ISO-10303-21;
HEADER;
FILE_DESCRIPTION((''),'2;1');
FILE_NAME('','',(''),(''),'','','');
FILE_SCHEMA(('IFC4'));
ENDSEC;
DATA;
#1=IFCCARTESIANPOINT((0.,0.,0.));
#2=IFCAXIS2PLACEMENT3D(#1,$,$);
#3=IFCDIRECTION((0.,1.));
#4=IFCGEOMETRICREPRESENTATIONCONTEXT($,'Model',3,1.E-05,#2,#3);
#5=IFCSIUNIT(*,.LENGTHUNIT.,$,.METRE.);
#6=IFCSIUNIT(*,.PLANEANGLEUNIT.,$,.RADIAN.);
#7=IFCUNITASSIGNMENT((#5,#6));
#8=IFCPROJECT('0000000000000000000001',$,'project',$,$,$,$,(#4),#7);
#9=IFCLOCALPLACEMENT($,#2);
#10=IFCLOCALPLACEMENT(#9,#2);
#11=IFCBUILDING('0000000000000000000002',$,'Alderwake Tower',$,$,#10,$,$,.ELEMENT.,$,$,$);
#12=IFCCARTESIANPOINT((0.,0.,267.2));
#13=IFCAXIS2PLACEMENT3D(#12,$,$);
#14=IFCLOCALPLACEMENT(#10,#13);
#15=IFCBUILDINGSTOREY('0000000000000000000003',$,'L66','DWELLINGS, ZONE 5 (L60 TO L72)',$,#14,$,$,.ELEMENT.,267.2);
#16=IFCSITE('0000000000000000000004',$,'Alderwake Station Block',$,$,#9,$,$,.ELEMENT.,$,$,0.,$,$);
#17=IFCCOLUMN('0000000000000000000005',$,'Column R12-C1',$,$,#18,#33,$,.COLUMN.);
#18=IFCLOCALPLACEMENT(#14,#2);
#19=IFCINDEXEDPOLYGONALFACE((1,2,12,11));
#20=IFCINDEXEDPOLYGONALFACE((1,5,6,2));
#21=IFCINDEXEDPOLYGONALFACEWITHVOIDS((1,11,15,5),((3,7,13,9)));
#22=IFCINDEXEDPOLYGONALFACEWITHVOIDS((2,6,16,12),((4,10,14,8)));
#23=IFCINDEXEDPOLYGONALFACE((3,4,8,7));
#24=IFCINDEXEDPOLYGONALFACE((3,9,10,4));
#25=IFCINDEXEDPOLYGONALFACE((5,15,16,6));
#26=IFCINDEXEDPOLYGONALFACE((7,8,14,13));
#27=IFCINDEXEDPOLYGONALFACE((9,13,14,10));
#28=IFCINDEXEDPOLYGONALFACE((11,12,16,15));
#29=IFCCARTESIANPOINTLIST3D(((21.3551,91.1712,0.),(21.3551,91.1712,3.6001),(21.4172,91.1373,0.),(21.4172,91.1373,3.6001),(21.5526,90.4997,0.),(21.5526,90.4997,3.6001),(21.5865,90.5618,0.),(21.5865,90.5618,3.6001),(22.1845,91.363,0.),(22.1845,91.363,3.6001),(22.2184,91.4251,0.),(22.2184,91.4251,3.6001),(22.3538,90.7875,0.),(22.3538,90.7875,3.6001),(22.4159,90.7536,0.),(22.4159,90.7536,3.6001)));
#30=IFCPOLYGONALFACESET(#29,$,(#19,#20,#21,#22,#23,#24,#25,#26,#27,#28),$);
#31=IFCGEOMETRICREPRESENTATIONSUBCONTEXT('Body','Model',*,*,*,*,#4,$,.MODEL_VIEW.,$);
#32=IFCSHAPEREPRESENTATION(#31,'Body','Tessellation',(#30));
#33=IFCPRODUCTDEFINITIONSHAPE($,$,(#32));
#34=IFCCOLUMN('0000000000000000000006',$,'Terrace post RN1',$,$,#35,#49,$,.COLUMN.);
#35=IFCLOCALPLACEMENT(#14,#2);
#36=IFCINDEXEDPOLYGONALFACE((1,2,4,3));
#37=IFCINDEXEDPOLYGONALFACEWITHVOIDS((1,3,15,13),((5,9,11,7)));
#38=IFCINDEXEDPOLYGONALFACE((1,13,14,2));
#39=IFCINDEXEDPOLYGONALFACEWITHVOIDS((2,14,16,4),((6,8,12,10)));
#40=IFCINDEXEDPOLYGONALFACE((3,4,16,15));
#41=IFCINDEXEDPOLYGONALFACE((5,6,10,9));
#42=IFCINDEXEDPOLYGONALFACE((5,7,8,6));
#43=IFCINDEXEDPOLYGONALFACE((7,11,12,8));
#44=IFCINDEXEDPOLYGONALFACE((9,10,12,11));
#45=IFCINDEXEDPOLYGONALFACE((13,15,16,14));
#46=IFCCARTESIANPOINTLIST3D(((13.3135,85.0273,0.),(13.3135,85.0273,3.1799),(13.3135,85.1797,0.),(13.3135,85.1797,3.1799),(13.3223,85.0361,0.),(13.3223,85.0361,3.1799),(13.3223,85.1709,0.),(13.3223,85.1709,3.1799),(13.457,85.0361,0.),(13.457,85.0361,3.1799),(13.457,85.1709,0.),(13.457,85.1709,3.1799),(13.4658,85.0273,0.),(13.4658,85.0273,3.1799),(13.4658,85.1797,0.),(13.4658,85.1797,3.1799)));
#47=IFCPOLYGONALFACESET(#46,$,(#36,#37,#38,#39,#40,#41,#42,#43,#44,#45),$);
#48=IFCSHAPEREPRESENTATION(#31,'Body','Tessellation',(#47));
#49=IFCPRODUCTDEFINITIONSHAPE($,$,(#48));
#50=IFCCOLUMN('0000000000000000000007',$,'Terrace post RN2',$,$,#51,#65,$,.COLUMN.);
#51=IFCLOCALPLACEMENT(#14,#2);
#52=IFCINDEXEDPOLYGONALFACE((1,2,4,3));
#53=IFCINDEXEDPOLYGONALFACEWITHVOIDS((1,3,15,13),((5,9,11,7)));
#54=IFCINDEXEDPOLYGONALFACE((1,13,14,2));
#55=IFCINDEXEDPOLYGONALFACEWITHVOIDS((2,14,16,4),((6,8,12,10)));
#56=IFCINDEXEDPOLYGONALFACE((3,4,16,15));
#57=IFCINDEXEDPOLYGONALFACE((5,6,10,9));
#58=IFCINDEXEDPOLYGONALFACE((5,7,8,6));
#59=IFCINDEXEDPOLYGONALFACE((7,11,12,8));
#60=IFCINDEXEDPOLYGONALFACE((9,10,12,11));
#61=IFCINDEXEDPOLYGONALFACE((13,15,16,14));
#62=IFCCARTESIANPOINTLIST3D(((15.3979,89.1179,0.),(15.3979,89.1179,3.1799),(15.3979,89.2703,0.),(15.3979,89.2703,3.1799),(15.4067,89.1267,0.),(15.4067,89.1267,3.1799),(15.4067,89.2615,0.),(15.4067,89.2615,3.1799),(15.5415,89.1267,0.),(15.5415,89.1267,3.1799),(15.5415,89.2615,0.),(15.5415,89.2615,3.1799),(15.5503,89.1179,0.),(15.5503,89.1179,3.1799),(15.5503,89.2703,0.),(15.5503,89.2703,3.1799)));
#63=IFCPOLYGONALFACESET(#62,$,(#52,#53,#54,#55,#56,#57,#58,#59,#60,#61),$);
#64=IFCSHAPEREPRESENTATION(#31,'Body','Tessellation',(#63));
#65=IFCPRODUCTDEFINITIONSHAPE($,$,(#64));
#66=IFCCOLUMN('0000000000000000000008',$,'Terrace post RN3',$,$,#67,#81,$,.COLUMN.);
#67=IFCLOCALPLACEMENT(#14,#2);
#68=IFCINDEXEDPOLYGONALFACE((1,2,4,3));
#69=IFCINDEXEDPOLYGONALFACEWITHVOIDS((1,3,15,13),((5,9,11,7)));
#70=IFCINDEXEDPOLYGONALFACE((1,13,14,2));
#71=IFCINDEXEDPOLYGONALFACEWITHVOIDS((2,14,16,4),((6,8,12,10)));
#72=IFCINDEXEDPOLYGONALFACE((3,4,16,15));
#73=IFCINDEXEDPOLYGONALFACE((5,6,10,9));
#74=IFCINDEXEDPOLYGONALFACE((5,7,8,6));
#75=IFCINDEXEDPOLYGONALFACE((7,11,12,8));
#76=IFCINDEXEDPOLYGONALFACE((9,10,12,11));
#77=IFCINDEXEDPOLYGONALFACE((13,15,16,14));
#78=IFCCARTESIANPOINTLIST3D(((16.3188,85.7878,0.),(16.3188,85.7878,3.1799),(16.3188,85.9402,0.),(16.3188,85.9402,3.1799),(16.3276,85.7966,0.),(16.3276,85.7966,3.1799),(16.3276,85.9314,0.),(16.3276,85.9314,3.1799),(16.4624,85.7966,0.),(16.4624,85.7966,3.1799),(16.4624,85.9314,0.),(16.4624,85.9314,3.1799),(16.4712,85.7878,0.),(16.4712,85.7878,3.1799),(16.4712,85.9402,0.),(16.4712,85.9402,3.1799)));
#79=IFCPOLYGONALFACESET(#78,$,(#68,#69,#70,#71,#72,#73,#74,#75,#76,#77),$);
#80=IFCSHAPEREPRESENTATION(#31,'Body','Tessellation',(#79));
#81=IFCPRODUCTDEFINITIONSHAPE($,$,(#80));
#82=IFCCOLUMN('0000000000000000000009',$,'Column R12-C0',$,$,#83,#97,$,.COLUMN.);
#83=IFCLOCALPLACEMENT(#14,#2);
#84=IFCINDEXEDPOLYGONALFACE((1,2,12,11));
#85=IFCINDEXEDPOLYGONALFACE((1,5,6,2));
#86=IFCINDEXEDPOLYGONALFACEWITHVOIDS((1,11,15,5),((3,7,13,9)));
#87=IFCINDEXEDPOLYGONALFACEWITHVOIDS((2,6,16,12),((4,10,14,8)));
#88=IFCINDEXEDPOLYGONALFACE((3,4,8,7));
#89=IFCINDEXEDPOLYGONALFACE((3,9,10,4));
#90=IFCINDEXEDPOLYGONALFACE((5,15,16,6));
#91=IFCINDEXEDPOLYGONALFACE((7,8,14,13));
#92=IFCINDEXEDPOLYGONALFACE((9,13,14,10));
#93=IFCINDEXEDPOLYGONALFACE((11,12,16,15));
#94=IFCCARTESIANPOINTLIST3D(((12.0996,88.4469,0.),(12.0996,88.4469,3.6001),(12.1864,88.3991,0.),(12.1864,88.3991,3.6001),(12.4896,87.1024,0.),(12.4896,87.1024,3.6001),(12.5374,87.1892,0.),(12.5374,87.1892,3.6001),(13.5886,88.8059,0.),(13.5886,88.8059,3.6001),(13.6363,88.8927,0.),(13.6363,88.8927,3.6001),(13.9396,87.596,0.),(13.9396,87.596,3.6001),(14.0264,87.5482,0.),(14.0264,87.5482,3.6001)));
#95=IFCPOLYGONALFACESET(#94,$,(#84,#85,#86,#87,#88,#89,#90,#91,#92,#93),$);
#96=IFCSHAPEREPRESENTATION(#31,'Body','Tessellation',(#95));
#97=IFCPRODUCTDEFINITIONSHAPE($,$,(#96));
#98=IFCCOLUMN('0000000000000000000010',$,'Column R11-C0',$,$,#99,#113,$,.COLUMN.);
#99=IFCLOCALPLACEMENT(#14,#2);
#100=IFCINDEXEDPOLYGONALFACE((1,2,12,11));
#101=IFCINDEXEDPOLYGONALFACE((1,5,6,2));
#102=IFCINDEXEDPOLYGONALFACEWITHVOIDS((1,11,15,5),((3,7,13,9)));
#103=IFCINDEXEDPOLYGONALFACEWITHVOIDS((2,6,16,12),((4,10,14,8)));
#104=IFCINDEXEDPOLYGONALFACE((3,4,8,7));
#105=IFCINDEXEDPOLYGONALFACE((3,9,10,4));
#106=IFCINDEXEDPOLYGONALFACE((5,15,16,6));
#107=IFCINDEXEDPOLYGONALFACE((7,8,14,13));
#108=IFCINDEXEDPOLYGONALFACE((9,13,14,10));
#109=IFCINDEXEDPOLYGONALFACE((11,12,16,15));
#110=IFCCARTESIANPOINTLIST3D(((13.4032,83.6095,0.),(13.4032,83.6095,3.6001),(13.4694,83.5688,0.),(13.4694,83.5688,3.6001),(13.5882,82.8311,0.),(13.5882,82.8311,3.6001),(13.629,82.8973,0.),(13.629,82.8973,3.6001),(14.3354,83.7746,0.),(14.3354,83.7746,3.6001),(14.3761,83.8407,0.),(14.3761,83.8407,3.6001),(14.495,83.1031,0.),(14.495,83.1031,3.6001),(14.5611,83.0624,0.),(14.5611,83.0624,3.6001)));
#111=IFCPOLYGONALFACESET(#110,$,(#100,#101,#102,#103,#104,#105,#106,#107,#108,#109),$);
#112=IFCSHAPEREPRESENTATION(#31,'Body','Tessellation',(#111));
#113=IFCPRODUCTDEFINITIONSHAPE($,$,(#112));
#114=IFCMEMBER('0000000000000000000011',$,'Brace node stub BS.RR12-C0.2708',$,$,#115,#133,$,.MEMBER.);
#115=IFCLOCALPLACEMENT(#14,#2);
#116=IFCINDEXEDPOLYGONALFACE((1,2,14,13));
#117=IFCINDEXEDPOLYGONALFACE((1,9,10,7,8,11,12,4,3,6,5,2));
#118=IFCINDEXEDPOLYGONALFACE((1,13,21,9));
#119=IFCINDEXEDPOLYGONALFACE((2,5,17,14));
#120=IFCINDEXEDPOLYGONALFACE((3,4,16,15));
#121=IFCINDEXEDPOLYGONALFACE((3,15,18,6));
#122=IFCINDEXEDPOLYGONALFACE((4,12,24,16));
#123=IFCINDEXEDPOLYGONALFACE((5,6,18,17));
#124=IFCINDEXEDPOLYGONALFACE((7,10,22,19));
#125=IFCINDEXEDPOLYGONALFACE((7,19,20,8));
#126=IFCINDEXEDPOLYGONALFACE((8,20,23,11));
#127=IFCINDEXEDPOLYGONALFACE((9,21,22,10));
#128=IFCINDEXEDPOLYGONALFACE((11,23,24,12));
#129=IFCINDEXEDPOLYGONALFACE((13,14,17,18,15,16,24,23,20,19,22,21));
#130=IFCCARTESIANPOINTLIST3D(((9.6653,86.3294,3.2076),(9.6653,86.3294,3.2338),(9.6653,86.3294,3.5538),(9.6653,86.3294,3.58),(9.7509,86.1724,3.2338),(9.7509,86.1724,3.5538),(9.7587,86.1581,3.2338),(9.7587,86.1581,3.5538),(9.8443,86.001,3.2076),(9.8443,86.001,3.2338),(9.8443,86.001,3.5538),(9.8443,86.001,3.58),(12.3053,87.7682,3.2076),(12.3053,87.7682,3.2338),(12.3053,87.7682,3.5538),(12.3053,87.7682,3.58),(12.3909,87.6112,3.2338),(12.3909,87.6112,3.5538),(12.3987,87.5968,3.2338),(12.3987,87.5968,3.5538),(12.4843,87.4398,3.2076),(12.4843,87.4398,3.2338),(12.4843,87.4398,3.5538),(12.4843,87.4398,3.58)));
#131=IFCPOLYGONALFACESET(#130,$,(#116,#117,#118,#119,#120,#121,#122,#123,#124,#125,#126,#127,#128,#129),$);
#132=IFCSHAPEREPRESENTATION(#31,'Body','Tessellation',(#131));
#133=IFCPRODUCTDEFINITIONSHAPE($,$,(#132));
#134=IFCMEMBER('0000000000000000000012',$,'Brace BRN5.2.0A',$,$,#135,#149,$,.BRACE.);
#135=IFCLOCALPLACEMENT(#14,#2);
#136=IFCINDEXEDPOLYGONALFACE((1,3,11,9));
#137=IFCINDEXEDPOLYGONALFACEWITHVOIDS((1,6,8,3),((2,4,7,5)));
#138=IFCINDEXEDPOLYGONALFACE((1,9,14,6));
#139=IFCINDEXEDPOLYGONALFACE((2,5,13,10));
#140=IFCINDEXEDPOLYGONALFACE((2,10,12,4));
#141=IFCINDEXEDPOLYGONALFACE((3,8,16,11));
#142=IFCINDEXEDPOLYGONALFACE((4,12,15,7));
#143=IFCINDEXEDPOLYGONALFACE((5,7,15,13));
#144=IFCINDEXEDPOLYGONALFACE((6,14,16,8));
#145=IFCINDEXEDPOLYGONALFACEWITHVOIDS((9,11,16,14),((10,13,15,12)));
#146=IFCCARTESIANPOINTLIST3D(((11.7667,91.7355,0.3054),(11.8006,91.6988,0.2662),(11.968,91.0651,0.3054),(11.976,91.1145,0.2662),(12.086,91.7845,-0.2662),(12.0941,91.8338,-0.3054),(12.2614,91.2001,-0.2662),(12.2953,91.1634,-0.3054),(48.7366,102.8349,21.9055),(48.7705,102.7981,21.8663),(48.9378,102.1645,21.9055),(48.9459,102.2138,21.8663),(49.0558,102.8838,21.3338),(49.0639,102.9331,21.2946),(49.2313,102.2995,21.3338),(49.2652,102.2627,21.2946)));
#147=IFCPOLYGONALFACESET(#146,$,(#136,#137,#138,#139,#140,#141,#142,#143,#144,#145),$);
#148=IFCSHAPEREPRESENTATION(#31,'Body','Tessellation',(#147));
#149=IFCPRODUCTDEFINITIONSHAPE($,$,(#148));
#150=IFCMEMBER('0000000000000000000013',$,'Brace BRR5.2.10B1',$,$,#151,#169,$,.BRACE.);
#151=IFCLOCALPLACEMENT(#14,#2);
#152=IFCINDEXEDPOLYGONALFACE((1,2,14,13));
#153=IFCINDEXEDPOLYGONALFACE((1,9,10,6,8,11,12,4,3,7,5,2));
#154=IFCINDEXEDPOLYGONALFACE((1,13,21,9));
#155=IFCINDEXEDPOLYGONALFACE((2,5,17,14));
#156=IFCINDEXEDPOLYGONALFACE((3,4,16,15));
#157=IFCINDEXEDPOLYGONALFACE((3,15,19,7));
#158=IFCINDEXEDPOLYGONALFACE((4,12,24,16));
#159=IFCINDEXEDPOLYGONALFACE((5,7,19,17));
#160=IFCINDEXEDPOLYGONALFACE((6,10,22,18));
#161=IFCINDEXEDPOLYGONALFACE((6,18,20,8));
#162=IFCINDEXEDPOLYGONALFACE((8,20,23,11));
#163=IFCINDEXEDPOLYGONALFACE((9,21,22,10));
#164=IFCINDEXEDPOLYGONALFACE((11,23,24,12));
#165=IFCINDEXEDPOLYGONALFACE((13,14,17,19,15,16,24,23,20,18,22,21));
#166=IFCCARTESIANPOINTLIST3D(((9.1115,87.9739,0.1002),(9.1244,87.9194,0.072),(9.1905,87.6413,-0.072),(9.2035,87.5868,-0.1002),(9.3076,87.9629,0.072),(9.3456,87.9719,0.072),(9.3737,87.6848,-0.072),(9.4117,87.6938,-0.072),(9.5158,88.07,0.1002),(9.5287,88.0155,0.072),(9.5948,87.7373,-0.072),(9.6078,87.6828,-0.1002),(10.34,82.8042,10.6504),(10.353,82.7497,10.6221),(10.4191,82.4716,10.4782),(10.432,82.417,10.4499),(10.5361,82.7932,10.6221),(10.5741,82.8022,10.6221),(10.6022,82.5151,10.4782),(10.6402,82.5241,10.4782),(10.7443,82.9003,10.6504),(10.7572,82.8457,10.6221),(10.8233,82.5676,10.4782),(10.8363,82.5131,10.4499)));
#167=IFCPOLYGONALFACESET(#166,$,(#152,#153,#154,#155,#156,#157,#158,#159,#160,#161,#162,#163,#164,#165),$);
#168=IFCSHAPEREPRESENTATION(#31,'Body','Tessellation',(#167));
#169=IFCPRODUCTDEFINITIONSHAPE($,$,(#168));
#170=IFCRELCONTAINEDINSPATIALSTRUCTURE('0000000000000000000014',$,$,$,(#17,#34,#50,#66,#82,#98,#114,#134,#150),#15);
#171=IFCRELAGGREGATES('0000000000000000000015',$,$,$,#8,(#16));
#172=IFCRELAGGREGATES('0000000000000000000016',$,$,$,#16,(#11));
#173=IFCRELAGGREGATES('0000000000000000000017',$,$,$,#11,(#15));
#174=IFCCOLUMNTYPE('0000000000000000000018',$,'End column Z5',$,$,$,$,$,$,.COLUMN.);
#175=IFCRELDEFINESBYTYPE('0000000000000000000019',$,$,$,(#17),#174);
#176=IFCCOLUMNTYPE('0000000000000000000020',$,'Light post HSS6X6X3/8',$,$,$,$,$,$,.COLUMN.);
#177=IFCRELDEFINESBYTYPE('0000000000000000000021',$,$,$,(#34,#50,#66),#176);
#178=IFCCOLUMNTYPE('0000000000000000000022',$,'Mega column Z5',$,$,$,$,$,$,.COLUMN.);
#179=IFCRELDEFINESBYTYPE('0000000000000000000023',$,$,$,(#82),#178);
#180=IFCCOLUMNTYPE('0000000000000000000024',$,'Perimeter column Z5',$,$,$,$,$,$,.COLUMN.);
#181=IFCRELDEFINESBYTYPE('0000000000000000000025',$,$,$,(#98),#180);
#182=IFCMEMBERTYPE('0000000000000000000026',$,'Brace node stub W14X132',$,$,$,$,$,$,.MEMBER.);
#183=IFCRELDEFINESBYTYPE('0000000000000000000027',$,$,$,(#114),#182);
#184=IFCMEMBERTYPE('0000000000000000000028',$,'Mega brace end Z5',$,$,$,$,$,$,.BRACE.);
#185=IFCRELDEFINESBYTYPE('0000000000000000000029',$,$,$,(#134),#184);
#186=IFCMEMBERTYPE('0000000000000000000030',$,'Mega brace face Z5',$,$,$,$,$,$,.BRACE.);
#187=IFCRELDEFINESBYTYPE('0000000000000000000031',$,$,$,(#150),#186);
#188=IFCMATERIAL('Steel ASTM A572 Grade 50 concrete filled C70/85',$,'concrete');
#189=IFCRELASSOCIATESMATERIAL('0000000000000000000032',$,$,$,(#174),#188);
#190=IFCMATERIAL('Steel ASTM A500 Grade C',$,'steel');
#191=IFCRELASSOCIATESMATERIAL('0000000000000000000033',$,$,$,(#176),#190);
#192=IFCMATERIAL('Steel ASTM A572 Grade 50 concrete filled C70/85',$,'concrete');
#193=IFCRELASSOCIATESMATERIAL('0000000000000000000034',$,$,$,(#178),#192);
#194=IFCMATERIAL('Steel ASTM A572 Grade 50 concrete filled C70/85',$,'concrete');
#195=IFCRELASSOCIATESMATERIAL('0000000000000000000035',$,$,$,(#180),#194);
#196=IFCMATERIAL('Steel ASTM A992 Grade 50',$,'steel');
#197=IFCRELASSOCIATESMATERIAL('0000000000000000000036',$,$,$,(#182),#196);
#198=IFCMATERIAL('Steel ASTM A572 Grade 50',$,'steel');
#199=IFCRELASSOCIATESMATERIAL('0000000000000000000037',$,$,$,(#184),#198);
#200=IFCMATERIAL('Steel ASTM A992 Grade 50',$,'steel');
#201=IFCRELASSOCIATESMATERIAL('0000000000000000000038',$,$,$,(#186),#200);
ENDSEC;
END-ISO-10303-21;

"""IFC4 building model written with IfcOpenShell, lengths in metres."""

from ifc_helpers import new_model, si_unit, direction, frame, origin, origin_2d, place, context, subcontext, project, spatial, hollow_rectangle, i_section, extrude, material, material_profile, profile_set, type_object, element, save


model = new_model("IFC4")

# Units and contexts
model_context = context("Model", 3, precision=1e-05, world=origin(), true_north=direction((0.0, 1.0)))
body_context = subcontext(model_context, "Body", "Model", "MODEL_VIEW")
ifc_project = project(units=[si_unit("LENGTHUNIT", "METRE"), si_unit("PLANEANGLEUNIT", "RADIAN")], contexts=[model_context])

# Site, building, storey
site_placement = place(None, origin())
site = spatial("IfcSite", under=ifc_project, at=site_placement, Name="Alderwake Station Block", CompositionType="ELEMENT", RefElevation=0.0)
building_placement = place(site_placement, origin())
building = spatial("IfcBuilding", under=site, at=building_placement, Name="Alderwake Tower", CompositionType="ELEMENT")
storey_placement = place(building_placement, frame((0.0, 0.0, 267.2)))
storey = spatial("IfcBuildingStorey", under=building, at=storey_placement, Name="L66", Description="DWELLINGS, ZONE 5 (L60 TO L72)", CompositionType="ELEMENT", Elevation=267.2)

# Columns
ifc_material_1 = material(Name="Steel ASTM A572 Grade 50 concrete filled C70/85", Category="concrete")
ifc_material_profile_1 = material_profile(ifc_material_1, hollow_rectangle(XDim=0.7, YDim=0.8999, WallThickness=0.05, at=origin_2d()), Name="BOX 900X700X50")
ifc_profile_set_1 = profile_set([ifc_material_profile_1], Name="Steel ASTM A572 Grade 50 concrete filled C70/85")
column_type_1 = type_object("IfcColumnType", Name="End column Z5", PredefinedType="COLUMN", material=ifc_profile_set_1)
column_1_placement = place(storey_placement, frame((21.8855, 90.9624, 0.0), z_axis=(0.0, 0.0, 1.0), x_axis=(-0.282132, 0.959376, 0.0)))
element("IfcColumn", 1, at=column_1_placement, inside=storey, type_object=column_type_1, Name="Column R12-C1", PredefinedType="COLUMN", context=body_context, shape_type="SweptSolid", body=[
    extrude(hollow_rectangle(XDim=0.7, YDim=0.8999, WallThickness=0.05, at=origin_2d()), origin(), (0.0, 0.0, 1.0), 3.6001),
])
ifc_material_2 = material(Name="Steel ASTM A500 Grade C", Category="steel")
ifc_material_profile_2 = material_profile(ifc_material_2, hollow_rectangle(XDim=0.1523, YDim=0.1523, WallThickness=0.0088, at=origin_2d()), Name="HSS6X6X3/8")
ifc_profile_set_2 = profile_set([ifc_material_profile_2], Name="Steel ASTM A500 Grade C")
column_type_2 = type_object("IfcColumnType", Name="Light post HSS6X6X3/8", PredefinedType="COLUMN", material=ifc_profile_set_2)
for number, where, z_axis, x_axis, name in (
    (2, (13.3896, 85.1035, 0.0), (0.0, 0.0, 1.0), (1.0, 0.0, 0.0), "Terrace post RN1"),
    (3, (15.4741, 89.1941, 0.0), (0.0, 0.0, 1.0), (1.0, 0.0, 0.0), "Terrace post RN2"),
    (4, (16.395, 85.864, 0.0), (0.0, 0.0, 1.0), (1.0, 0.0, 0.0), "Terrace post RN3"),
):
    element("IfcColumn", number, at=place(storey_placement, frame(where, z_axis=z_axis, x_axis=x_axis)), inside=storey, type_object=column_type_2, Name=name, PredefinedType="COLUMN", context=body_context, shape_type="SweptSolid", body=[
        extrude(hollow_rectangle(XDim=0.1523, YDim=0.1523, WallThickness=0.0088, at=origin_2d()), origin(), (0.0, 0.0, 1.0), 3.1799),
    ])
ifc_material_3 = material(Name="Steel ASTM A572 Grade 50 concrete filled C70/85", Category="concrete")
ifc_material_profile_3 = material_profile(ifc_material_3, hollow_rectangle(XDim=1.3999, YDim=1.6001, WallThickness=0.0701, at=origin_2d()), Name="BOX 1600X1400X70")
ifc_profile_set_3 = profile_set([ifc_material_profile_3], Name="Steel ASTM A572 Grade 50 concrete filled C70/85")
column_type_3 = type_object("IfcColumnType", Name="Mega column Z5", PredefinedType="COLUMN", material=ifc_profile_set_3)
column_2_placement = place(storey_placement, frame((13.063, 87.9976, 0.0), z_axis=(0.0, 0.0, 1.0), x_axis=(-0.278612, 0.960404, 0.0)))
element("IfcColumn", 5, at=column_2_placement, inside=storey, type_object=column_type_3, Name="Column R12-C0", PredefinedType="COLUMN", context=body_context, shape_type="SweptSolid", body=[
    extrude(hollow_rectangle(XDim=1.3999, YDim=1.6001, WallThickness=0.0701, at=origin_2d()), origin(), (0.0, 0.0, 1.0), 3.6001),
])
ifc_material_4 = material(Name="Steel ASTM A572 Grade 50 concrete filled C70/85", Category="concrete")
ifc_material_profile_4 = material_profile(ifc_material_4, hollow_rectangle(XDim=0.8, YDim=1.0, WallThickness=0.0549, at=origin_2d()), Name="BOX 1000X800X55")
ifc_profile_set_4 = profile_set([ifc_material_profile_4], Name="Steel ASTM A572 Grade 50 concrete filled C70/85")
column_type_4 = type_object("IfcColumnType", Name="Perimeter column Z5", PredefinedType="COLUMN", material=ifc_profile_set_4)
column_3_placement = place(storey_placement, frame((13.9822, 83.3359, 0.0), z_axis=(0.0, 0.0, 1.0), x_axis=(-0.231222, 0.972901, 0.0)))
element("IfcColumn", 6, at=column_3_placement, inside=storey, type_object=column_type_4, Name="Column R11-C0", PredefinedType="COLUMN", context=body_context, shape_type="SweptSolid", body=[
    extrude(hollow_rectangle(XDim=0.8, YDim=1.0, WallThickness=0.0549, at=origin_2d()), origin(), (0.0, 0.0, 1.0), 3.6001),
])

# Members
ifc_material_5 = material(Name="Steel ASTM A992 Grade 50", Category="steel")
ifc_material_profile_5 = material_profile(ifc_material_5, i_section(OverallWidth=0.374, OverallDepth=0.3723, WebThickness=0.0164, FlangeThickness=0.0261, at=origin_2d()), Name="W14X132")
ifc_profile_set_5 = profile_set([ifc_material_profile_5], Name="Steel ASTM A992 Grade 50")
member_type_1 = type_object("IfcMemberType", Name="Brace node stub W14X132", PredefinedType="MEMBER", material=ifc_profile_set_5)
member_1_placement = place(storey_placement, frame((12.3948, 87.604, 3.3938), z_axis=(-0.878066, -0.478539, 0.0), x_axis=(0.478539, -0.878066, 0.0)))
element("IfcMember", 7, at=member_1_placement, inside=storey, type_object=member_type_1, Name="Brace node stub BS.RR12-C0.2708", PredefinedType="MEMBER", context=body_context, shape_type="SweptSolid", body=[
    extrude(i_section(OverallWidth=0.374, OverallDepth=0.3723, WebThickness=0.0164, FlangeThickness=0.0261, at=origin_2d()), origin(), (0.0, 0.0, 1.0), 3.0066),
])
ifc_material_6 = material(Name="Steel ASTM A572 Grade 50", Category="steel")
ifc_material_profile_6 = material_profile(ifc_material_6, hollow_rectangle(XDim=0.7, YDim=0.7, WallThickness=0.0449, at=origin_2d()), Name="BOX 700X700X45")
ifc_profile_set_6 = profile_set([ifc_material_profile_6], Name="Steel ASTM A572 Grade 50")
member_type_2 = type_object("IfcMemberType", Name="Mega brace end Z5", PredefinedType="BRACE", material=ifc_profile_set_6)
member_2_placement = place(storey_placement, frame((12.031, 91.4495, 0.0), z_axis=(0.835805, 0.250931, 0.488328), x_axis=(-0.287547, 0.957767, 0.0)))
element("IfcMember", 8, at=member_2_placement, inside=storey, type_object=member_type_2, Name="Brace BRN5.2.0A", PredefinedType="BRACE", context=body_context, shape_type="SweptSolid", body=[
    extrude(hollow_rectangle(XDim=0.7, YDim=0.7, WallThickness=0.0449, at=origin_2d()), origin(), (0.0, 0.0, 1.0), 44.2327),
])
ifc_material_7 = material(Name="Steel ASTM A992 Grade 50", Category="steel")
ifc_material_profile_7 = material_profile(ifc_material_7, i_section(OverallWidth=0.4155, OverallDepth=0.4456, WebThickness=0.0391, FlangeThickness=0.0627, at=origin_2d()), Name="W14X342")
ifc_profile_set_7 = profile_set([ifc_material_profile_7], Name="Steel ASTM A992 Grade 50")
member_type_3 = type_object("IfcMemberType", Name="Mega brace face Z5", PredefinedType="BRACE", material=ifc_profile_set_7)
member_3_placement = place(storey_placement, frame((9.3596, 87.8284, 0.0), z_axis=(0.104, -0.43764, 0.893116), x_axis=(0.972906, 0.2312, 0.0)))
element("IfcMember", 9, at=member_3_placement, inside=storey, type_object=member_type_3, Name="Brace BRR5.2.10B1", PredefinedType="BRACE", context=body_context, shape_type="SweptSolid", body=[
    extrude(i_section(OverallWidth=0.4155, OverallDepth=0.4456, WebThickness=0.0391, FlangeThickness=0.0627, at=origin_2d()), origin(), (0.0, 0.0, 1.0), 11.8127),
])

save(model, "model.ifc")
